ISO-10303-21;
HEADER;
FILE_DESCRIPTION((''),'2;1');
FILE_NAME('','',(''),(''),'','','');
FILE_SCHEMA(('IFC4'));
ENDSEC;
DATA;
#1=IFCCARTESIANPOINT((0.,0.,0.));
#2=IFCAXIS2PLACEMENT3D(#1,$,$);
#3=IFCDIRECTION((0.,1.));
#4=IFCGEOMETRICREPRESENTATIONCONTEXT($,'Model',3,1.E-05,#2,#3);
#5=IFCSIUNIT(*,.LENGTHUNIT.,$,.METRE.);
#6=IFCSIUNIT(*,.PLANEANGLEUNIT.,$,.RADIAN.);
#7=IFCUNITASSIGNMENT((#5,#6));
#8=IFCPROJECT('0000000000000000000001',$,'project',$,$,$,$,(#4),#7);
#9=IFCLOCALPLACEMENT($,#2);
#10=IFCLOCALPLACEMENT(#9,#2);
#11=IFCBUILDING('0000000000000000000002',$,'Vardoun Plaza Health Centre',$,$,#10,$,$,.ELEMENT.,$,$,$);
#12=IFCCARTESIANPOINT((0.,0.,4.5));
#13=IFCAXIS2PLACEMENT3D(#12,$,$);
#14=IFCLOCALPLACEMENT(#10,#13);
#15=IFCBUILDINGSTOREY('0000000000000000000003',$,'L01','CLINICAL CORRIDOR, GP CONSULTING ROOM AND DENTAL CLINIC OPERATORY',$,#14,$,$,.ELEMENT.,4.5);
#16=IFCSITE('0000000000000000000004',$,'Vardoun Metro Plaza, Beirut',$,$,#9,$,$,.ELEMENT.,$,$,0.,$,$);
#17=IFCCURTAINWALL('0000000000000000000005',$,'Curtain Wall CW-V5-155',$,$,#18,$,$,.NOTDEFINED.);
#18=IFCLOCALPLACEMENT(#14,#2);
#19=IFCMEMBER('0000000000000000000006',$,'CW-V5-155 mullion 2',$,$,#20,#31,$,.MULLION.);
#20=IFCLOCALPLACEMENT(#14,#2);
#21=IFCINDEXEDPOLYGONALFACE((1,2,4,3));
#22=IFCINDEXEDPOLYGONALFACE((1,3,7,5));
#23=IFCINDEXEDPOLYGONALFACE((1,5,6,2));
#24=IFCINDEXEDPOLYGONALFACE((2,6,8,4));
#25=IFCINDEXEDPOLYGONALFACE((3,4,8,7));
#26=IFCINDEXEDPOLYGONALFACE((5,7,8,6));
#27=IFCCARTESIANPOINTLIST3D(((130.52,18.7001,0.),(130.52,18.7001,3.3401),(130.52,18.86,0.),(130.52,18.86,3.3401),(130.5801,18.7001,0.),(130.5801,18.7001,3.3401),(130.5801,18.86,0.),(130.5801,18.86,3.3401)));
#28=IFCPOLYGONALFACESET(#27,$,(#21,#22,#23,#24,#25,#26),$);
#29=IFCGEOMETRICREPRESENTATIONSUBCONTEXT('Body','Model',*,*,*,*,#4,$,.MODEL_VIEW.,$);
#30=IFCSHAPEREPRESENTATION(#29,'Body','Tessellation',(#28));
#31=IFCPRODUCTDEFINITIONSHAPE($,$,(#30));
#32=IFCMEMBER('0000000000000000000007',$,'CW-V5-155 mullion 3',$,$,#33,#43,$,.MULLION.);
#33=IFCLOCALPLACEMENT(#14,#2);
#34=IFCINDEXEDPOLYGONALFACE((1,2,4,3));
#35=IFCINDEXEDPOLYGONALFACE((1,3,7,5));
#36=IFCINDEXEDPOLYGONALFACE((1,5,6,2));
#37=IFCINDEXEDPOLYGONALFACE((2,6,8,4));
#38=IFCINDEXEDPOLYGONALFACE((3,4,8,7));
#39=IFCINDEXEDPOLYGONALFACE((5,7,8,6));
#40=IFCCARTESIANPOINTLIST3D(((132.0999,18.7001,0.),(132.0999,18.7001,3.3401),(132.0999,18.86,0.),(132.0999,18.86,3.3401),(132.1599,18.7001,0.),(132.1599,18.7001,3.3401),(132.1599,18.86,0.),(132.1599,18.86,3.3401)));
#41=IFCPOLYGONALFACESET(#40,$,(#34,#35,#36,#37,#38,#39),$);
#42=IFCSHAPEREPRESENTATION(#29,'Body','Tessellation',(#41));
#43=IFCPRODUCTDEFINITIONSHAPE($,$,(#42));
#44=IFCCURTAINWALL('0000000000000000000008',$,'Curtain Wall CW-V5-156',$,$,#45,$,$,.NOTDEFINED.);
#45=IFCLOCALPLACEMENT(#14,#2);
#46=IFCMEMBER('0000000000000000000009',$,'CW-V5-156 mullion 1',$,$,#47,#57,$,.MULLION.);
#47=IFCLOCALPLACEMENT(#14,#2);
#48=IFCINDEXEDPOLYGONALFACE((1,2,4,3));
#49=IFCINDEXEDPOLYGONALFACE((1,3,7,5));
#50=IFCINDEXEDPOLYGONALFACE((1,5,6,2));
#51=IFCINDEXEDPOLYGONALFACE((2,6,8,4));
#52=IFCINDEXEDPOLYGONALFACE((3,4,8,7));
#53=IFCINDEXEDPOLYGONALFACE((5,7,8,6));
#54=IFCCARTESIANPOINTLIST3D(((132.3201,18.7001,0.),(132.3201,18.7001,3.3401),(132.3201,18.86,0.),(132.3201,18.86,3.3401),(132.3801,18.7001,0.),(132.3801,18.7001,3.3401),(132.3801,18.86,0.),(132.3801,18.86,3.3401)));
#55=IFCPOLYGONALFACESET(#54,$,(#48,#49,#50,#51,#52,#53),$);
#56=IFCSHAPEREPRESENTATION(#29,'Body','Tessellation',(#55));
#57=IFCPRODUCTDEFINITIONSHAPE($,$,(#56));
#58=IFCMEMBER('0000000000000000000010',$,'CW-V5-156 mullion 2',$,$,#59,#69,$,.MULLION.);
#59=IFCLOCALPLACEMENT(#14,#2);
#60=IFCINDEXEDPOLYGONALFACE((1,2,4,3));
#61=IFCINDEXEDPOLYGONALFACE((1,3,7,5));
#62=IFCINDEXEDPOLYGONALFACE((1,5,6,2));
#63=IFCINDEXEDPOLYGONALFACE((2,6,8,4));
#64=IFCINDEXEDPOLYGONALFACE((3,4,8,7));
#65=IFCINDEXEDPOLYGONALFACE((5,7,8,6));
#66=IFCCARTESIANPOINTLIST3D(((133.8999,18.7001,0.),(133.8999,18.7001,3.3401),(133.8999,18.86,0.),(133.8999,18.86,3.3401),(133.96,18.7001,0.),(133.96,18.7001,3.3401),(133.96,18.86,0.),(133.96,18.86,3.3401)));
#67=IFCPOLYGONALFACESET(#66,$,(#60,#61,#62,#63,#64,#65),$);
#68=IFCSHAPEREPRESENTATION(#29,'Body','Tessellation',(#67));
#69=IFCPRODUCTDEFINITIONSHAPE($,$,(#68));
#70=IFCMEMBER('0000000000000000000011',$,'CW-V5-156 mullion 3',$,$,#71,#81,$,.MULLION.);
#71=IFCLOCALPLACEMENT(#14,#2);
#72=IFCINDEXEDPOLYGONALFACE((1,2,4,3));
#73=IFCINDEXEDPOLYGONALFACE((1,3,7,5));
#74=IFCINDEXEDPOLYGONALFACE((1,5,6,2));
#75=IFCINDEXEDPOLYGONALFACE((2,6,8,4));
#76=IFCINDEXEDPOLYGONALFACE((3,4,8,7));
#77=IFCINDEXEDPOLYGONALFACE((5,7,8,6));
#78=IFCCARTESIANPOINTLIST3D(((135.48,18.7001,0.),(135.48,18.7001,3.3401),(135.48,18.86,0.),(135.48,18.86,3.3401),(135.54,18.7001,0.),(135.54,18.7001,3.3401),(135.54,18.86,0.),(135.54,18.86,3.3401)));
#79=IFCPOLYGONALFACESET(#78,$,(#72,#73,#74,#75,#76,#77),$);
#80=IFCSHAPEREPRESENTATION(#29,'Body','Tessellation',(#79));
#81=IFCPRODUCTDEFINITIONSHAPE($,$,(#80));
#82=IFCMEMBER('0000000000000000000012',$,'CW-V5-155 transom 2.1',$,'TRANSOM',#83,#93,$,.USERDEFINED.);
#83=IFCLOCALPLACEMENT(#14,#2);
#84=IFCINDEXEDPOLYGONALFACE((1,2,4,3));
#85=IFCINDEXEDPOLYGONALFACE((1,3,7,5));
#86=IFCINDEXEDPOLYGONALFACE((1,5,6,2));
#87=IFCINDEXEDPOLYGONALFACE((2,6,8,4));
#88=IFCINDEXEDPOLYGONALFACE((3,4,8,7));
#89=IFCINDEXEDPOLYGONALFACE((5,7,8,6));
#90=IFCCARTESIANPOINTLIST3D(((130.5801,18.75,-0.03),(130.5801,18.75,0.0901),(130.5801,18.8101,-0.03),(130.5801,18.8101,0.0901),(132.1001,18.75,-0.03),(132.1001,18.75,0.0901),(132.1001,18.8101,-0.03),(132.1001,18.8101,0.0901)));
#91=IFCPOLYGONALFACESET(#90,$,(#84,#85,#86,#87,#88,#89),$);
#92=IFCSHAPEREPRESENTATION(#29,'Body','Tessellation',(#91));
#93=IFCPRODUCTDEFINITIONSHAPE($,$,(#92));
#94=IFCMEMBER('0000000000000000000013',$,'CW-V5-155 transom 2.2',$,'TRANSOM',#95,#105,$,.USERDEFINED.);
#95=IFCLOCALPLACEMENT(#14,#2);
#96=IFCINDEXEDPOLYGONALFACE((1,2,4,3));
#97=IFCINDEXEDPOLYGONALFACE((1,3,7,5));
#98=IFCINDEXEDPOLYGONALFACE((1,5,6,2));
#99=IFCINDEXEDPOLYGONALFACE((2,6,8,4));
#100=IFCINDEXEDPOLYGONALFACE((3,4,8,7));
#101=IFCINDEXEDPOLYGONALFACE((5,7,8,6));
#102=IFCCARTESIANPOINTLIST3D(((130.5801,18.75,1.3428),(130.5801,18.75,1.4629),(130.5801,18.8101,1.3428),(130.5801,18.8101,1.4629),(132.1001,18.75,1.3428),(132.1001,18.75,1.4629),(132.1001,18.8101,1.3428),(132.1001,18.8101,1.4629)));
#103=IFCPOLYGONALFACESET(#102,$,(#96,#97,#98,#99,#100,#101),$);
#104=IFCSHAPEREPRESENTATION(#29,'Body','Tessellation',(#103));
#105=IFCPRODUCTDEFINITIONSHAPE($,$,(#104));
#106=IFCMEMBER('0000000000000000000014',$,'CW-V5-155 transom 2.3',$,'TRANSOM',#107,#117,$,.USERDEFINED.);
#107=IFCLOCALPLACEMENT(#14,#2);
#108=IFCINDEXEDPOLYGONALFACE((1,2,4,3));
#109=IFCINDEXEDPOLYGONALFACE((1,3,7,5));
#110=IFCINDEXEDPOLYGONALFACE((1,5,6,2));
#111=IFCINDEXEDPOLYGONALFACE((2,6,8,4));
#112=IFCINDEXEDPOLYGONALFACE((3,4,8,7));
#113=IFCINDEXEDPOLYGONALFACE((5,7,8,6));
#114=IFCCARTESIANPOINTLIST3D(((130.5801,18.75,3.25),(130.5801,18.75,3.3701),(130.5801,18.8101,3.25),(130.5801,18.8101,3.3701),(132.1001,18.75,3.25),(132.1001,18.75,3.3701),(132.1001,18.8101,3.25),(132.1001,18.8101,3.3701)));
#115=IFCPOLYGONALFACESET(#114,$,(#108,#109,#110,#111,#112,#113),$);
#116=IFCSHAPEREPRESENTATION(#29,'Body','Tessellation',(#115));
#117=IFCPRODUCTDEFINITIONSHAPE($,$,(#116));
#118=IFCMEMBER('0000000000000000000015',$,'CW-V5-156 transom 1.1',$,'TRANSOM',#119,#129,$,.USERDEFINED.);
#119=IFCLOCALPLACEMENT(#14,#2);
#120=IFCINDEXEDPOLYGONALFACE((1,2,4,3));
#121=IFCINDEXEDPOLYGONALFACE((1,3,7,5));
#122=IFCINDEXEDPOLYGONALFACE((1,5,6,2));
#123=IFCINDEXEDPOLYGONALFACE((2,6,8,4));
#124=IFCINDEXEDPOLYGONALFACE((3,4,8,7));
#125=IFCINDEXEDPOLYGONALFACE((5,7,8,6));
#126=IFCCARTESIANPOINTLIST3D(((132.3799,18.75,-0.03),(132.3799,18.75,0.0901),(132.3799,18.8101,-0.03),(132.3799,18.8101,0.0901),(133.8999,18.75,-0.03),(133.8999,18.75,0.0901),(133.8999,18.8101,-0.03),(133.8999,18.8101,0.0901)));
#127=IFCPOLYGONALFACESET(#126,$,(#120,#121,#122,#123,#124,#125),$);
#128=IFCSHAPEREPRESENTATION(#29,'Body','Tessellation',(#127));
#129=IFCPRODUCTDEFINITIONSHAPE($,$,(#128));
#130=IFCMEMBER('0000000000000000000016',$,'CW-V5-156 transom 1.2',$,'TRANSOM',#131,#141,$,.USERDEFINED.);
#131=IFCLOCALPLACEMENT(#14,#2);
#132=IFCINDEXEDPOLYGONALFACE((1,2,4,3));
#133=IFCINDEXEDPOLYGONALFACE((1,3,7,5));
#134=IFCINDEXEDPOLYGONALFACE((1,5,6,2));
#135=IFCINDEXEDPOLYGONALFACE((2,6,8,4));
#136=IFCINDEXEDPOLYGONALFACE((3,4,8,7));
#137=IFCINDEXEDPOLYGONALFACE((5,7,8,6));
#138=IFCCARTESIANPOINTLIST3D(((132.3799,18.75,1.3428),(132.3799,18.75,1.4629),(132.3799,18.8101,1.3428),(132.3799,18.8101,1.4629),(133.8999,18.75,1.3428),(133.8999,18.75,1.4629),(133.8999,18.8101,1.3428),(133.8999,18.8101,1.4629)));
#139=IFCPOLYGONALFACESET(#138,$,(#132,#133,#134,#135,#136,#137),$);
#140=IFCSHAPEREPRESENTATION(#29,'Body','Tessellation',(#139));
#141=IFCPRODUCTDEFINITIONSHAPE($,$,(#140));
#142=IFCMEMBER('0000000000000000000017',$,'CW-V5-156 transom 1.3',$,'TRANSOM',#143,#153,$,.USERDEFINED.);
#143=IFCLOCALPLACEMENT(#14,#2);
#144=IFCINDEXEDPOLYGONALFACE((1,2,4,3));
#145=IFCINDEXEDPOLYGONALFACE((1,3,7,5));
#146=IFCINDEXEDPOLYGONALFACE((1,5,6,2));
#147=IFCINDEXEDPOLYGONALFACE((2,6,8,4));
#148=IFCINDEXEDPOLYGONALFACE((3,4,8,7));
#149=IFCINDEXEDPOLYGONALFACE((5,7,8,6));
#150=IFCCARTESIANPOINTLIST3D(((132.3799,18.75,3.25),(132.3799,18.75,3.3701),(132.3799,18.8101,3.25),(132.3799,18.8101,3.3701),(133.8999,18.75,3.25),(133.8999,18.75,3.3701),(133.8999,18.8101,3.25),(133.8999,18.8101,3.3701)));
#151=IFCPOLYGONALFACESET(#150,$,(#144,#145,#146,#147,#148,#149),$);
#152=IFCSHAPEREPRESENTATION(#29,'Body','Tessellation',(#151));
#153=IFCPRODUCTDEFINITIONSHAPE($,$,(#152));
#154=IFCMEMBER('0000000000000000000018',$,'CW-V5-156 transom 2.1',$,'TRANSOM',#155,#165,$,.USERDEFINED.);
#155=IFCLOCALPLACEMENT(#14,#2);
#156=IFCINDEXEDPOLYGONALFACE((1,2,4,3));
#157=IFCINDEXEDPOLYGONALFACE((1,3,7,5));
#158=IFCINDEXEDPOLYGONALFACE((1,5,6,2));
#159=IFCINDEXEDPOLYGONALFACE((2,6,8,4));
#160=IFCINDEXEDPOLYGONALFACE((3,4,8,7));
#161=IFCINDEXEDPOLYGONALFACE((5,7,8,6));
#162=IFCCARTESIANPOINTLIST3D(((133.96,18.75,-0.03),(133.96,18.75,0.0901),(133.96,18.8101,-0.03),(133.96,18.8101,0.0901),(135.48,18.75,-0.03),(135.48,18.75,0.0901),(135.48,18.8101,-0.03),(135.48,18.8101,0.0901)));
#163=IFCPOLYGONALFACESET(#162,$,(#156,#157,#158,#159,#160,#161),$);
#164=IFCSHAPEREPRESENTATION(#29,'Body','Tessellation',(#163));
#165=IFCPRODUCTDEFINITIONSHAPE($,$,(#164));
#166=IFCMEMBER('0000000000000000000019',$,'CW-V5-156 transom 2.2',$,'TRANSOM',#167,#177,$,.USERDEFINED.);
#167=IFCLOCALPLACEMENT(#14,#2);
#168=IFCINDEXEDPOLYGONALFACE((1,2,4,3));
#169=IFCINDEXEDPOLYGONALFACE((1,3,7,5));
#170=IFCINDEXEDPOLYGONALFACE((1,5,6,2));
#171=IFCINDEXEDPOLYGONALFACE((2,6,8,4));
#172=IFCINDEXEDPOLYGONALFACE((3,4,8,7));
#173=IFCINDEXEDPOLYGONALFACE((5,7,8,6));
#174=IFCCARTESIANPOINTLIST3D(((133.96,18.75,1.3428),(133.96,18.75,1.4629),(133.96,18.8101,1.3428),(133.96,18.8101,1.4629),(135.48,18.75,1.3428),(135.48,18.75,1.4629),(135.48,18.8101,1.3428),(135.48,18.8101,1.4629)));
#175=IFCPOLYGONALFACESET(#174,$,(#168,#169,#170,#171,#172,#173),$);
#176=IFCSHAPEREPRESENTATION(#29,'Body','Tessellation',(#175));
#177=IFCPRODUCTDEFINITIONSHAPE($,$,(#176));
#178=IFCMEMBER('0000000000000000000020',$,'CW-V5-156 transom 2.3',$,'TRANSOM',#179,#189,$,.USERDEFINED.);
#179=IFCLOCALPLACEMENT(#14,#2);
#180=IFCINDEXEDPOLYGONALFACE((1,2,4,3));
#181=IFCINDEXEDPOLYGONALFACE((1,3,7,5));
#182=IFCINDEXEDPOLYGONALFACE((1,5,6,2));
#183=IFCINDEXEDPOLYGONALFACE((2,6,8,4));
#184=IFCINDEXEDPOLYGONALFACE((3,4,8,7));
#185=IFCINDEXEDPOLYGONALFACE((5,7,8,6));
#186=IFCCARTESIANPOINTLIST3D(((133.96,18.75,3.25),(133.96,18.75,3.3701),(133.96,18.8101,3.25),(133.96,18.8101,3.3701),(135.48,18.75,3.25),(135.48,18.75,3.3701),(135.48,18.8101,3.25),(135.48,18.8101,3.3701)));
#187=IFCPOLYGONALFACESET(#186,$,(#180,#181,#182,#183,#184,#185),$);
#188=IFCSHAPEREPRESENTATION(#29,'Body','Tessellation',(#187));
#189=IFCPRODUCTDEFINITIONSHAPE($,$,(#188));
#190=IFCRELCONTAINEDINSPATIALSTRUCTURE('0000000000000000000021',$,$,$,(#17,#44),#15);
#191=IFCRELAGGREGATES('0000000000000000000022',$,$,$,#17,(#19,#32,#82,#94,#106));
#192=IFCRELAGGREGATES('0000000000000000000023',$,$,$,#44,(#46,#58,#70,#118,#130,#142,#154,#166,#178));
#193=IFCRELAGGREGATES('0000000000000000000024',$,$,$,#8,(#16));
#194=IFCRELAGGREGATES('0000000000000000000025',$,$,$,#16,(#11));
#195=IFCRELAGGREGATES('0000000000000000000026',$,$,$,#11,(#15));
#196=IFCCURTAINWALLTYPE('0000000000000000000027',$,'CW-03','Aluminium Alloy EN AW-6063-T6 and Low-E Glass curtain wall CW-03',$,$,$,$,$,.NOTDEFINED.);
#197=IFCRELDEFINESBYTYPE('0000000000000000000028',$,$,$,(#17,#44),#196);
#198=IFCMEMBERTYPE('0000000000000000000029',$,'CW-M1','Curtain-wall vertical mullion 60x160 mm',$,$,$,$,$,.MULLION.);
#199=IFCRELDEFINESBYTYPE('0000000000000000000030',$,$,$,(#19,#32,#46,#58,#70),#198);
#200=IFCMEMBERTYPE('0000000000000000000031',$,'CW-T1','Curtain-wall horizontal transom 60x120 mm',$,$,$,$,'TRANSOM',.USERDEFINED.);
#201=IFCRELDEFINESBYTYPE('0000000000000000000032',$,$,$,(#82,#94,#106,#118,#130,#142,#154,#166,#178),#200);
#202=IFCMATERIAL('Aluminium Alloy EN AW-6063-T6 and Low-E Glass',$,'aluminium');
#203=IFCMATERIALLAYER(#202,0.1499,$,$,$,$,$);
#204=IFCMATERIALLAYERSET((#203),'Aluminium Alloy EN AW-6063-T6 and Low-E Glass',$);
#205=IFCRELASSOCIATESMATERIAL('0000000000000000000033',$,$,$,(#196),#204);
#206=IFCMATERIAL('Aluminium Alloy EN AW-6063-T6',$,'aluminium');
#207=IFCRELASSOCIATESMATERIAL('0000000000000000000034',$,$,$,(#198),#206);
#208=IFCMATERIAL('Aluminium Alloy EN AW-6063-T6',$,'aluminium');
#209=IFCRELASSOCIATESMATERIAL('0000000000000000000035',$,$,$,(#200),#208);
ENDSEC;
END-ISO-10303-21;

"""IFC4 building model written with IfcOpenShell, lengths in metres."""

from ifc_helpers import new_model, si_unit, direction, frame, origin, origin_2d, place, context, subcontext, project, spatial, rectangle, extrude, material, layer, layer_set, material_profile, profile_set, type_object, element, aggregate, save


model = new_model("IFC4")

# Units and contexts
model_context = context("Model", 3, precision=1e-05, world=origin(), true_north=direction((0.0, 1.0)))
body_context = subcontext(model_context, "Body", "Model", "MODEL_VIEW")
ifc_project = project(units=[si_unit("LENGTHUNIT", "METRE"), si_unit("PLANEANGLEUNIT", "RADIAN")], contexts=[model_context])

# Site, building, storey
site_placement = place(None, origin())
site = spatial("IfcSite", under=ifc_project, at=site_placement, Name="Vardoun Metro Plaza, Beirut", CompositionType="ELEMENT", RefElevation=0.0)
building_placement = place(site_placement, origin())
building = spatial("IfcBuilding", under=site, at=building_placement, Name="Vardoun Plaza Health Centre", CompositionType="ELEMENT")
storey_placement = place(building_placement, frame((0.0, 0.0, 4.5)))
storey = spatial("IfcBuildingStorey", under=building, at=storey_placement, Name="L01", Description="CLINICAL CORRIDOR, GP CONSULTING ROOM AND DENTAL CLINIC OPERATORY", CompositionType="ELEMENT", Elevation=4.5)

# Curtain walls, members
ifc_material_1 = material(Name="Aluminium Alloy EN AW-6063-T6 and Low-E Glass", Category="aluminium")
ifc_layer_1 = layer(ifc_material_1, 0.1499)
ifc_layer_set_1 = layer_set([ifc_layer_1], Name="Aluminium Alloy EN AW-6063-T6 and Low-E Glass")
curtain_wall_type = type_object("IfcCurtainWallType", Name="CW-03", Description="Aluminium Alloy EN AW-6063-T6 and Low-E Glass curtain wall CW-03", PredefinedType="NOTDEFINED", material=ifc_layer_set_1)
curtain_wall_1_placement = place(storey_placement, origin())
curtain_wall_1 = element("IfcCurtainWall", 1, at=curtain_wall_1_placement, inside=storey, type_object=curtain_wall_type, Name="Curtain Wall CW-V5-155", PredefinedType="NOTDEFINED")
ifc_material_2 = material(Name="Aluminium Alloy EN AW-6063-T6", Category="aluminium")
ifc_material_profile_1 = material_profile(ifc_material_2, rectangle(XDim=0.1599, YDim=0.0601, at=origin_2d()), Name="CWM 60x160")
ifc_profile_set_1 = profile_set([ifc_material_profile_1], Name="Aluminium Alloy EN AW-6063-T6")
member_type_1 = type_object("IfcMemberType", Name="CW-M1", Description="Curtain-wall vertical mullion 60x160 mm", PredefinedType="MULLION", material=ifc_profile_set_1)
member_1_placement = place(storey_placement, frame((130.55, 18.78, 0.0), z_axis=(0.0, 0.0, 1.0), x_axis=(0.0, 1.0, 0.0)))
member_1 = element("IfcMember", 2, at=member_1_placement, type_object=member_type_1, Name="CW-V5-155 mullion 2", PredefinedType="MULLION", context=body_context, shape_type="SweptSolid", body=[
    extrude(rectangle(XDim=0.1599, YDim=0.0601, at=origin_2d()), origin(), (0.0, 0.0, 1.0), 3.3401),
])
member_2_placement = place(storey_placement, frame((132.1299, 18.78, 0.0), z_axis=(0.0, 0.0, 1.0), x_axis=(0.0, 1.0, 0.0)))
member_2 = element("IfcMember", 3, at=member_2_placement, type_object=member_type_1, Name="CW-V5-155 mullion 3", PredefinedType="MULLION", context=body_context, shape_type="SweptSolid", body=[
    extrude(rectangle(XDim=0.1599, YDim=0.0601, at=origin_2d()), origin(), (0.0, 0.0, 1.0), 3.3401),
])
curtain_wall_2_placement = place(storey_placement, origin())
curtain_wall_2 = element("IfcCurtainWall", 4, at=curtain_wall_2_placement, inside=storey, type_object=curtain_wall_type, Name="Curtain Wall CW-V5-156", PredefinedType="NOTDEFINED")
member_3_placement = place(storey_placement, frame((132.3501, 18.78, 0.0), z_axis=(0.0, 0.0, 1.0), x_axis=(0.0, 1.0, 0.0)))
member_3 = element("IfcMember", 5, at=member_3_placement, type_object=member_type_1, Name="CW-V5-156 mullion 1", PredefinedType="MULLION", context=body_context, shape_type="SweptSolid", body=[
    extrude(rectangle(XDim=0.1599, YDim=0.0601, at=origin_2d()), origin(), (0.0, 0.0, 1.0), 3.3401),
])
member_4_placement = place(storey_placement, frame((133.9299, 18.78, 0.0), z_axis=(0.0, 0.0, 1.0), x_axis=(0.0, 1.0, 0.0)))
member_4 = element("IfcMember", 6, at=member_4_placement, type_object=member_type_1, Name="CW-V5-156 mullion 2", PredefinedType="MULLION", context=body_context, shape_type="SweptSolid", body=[
    extrude(rectangle(XDim=0.1599, YDim=0.0601, at=origin_2d()), origin(), (0.0, 0.0, 1.0), 3.3401),
])
member_5_placement = place(storey_placement, frame((135.51, 18.78, 0.0), z_axis=(0.0, 0.0, 1.0), x_axis=(0.0, 1.0, 0.0)))
member_5 = element("IfcMember", 7, at=member_5_placement, type_object=member_type_1, Name="CW-V5-156 mullion 3", PredefinedType="MULLION", context=body_context, shape_type="SweptSolid", body=[
    extrude(rectangle(XDim=0.1599, YDim=0.0601, at=origin_2d()), origin(), (0.0, 0.0, 1.0), 3.3401),
])

# Members
ifc_material_3 = material(Name="Aluminium Alloy EN AW-6063-T6", Category="aluminium")
ifc_material_profile_2 = material_profile(ifc_material_3, rectangle(XDim=0.0601, YDim=0.1201, at=origin_2d()), Name="CWT 60x120")
ifc_profile_set_2 = profile_set([ifc_material_profile_2], Name="Aluminium Alloy EN AW-6063-T6")
member_type_2 = type_object("IfcMemberType", Name="CW-T1", Description="Curtain-wall horizontal transom 60x120 mm", ElementType="TRANSOM", PredefinedType="USERDEFINED", material=ifc_profile_set_2)
member_6_placement = place(storey_placement, frame((130.5801, 18.78, 0.03), z_axis=(1.0, 0.0, 0.0), x_axis=(0.0, 1.0, 0.0)))
member_6 = element("IfcMember", 8, at=member_6_placement, type_object=member_type_2, Name="CW-V5-155 transom 2.1", ObjectType="TRANSOM", PredefinedType="USERDEFINED", context=body_context, shape_type="SweptSolid", body=[
    extrude(rectangle(XDim=0.0601, YDim=0.1201, at=origin_2d()), origin(), (0.0, 0.0, 1.0), 1.52),
])
member_7_placement = place(storey_placement, frame((130.5801, 18.78, 1.4028), z_axis=(1.0, 0.0, 0.0), x_axis=(0.0, 1.0, 0.0)))
member_7 = element("IfcMember", 9, at=member_7_placement, type_object=member_type_2, Name="CW-V5-155 transom 2.2", ObjectType="TRANSOM", PredefinedType="USERDEFINED", context=body_context, shape_type="SweptSolid", body=[
    extrude(rectangle(XDim=0.0601, YDim=0.1201, at=origin_2d()), origin(), (0.0, 0.0, 1.0), 1.52),
])
member_8_placement = place(storey_placement, frame((130.5801, 18.78, 3.3101), z_axis=(1.0, 0.0, 0.0), x_axis=(0.0, 1.0, 0.0)))
member_8 = element("IfcMember", 10, at=member_8_placement, type_object=member_type_2, Name="CW-V5-155 transom 2.3", ObjectType="TRANSOM", PredefinedType="USERDEFINED", context=body_context, shape_type="SweptSolid", body=[
    extrude(rectangle(XDim=0.0601, YDim=0.1201, at=origin_2d()), origin(), (0.0, 0.0, 1.0), 1.52),
])
member_9_placement = place(storey_placement, frame((132.3799, 18.78, 0.03), z_axis=(1.0, 0.0, 0.0), x_axis=(0.0, 1.0, 0.0)))
member_9 = element("IfcMember", 11, at=member_9_placement, type_object=member_type_2, Name="CW-V5-156 transom 1.1", ObjectType="TRANSOM", PredefinedType="USERDEFINED", context=body_context, shape_type="SweptSolid", body=[
    extrude(rectangle(XDim=0.0601, YDim=0.1201, at=origin_2d()), origin(), (0.0, 0.0, 1.0), 1.52),
])
member_10_placement = place(storey_placement, frame((132.3799, 18.78, 1.4028), z_axis=(1.0, 0.0, 0.0), x_axis=(0.0, 1.0, 0.0)))
member_10 = element("IfcMember", 12, at=member_10_placement, type_object=member_type_2, Name="CW-V5-156 transom 1.2", ObjectType="TRANSOM", PredefinedType="USERDEFINED", context=body_context, shape_type="SweptSolid", body=[
    extrude(rectangle(XDim=0.0601, YDim=0.1201, at=origin_2d()), origin(), (0.0, 0.0, 1.0), 1.52),
])
member_11_placement = place(storey_placement, frame((132.3799, 18.78, 3.3101), z_axis=(1.0, 0.0, 0.0), x_axis=(0.0, 1.0, 0.0)))
member_11 = element("IfcMember", 13, at=member_11_placement, type_object=member_type_2, Name="CW-V5-156 transom 1.3", ObjectType="TRANSOM", PredefinedType="USERDEFINED", context=body_context, shape_type="SweptSolid", body=[
    extrude(rectangle(XDim=0.0601, YDim=0.1201, at=origin_2d()), origin(), (0.0, 0.0, 1.0), 1.52),
])
member_12_placement = place(storey_placement, frame((133.96, 18.78, 0.03), z_axis=(1.0, 0.0, 0.0), x_axis=(0.0, 1.0, 0.0)))
member_12 = element("IfcMember", 14, at=member_12_placement, type_object=member_type_2, Name="CW-V5-156 transom 2.1", ObjectType="TRANSOM", PredefinedType="USERDEFINED", context=body_context, shape_type="SweptSolid", body=[
    extrude(rectangle(XDim=0.0601, YDim=0.1201, at=origin_2d()), origin(), (0.0, 0.0, 1.0), 1.52),
])
member_13_placement = place(storey_placement, frame((133.96, 18.78, 1.4028), z_axis=(1.0, 0.0, 0.0), x_axis=(0.0, 1.0, 0.0)))
member_13 = element("IfcMember", 15, at=member_13_placement, type_object=member_type_2, Name="CW-V5-156 transom 2.2", ObjectType="TRANSOM", PredefinedType="USERDEFINED", context=body_context, shape_type="SweptSolid", body=[
    extrude(rectangle(XDim=0.0601, YDim=0.1201, at=origin_2d()), origin(), (0.0, 0.0, 1.0), 1.52),
])
member_14_placement = place(storey_placement, frame((133.96, 18.78, 3.3101), z_axis=(1.0, 0.0, 0.0), x_axis=(0.0, 1.0, 0.0)))
member_14 = element("IfcMember", 16, at=member_14_placement, type_object=member_type_2, Name="CW-V5-156 transom 2.3", ObjectType="TRANSOM", PredefinedType="USERDEFINED", context=body_context, shape_type="SweptSolid", body=[
    extrude(rectangle(XDim=0.0601, YDim=0.1201, at=origin_2d()), origin(), (0.0, 0.0, 1.0), 1.52),
])

aggregate(curtain_wall_1, [member_1, member_2, member_6, member_7, member_8])
aggregate(curtain_wall_2, [member_3, member_4, member_5, member_9, member_10, member_11, member_12, member_13, member_14])

save(model, "model.ifc")
